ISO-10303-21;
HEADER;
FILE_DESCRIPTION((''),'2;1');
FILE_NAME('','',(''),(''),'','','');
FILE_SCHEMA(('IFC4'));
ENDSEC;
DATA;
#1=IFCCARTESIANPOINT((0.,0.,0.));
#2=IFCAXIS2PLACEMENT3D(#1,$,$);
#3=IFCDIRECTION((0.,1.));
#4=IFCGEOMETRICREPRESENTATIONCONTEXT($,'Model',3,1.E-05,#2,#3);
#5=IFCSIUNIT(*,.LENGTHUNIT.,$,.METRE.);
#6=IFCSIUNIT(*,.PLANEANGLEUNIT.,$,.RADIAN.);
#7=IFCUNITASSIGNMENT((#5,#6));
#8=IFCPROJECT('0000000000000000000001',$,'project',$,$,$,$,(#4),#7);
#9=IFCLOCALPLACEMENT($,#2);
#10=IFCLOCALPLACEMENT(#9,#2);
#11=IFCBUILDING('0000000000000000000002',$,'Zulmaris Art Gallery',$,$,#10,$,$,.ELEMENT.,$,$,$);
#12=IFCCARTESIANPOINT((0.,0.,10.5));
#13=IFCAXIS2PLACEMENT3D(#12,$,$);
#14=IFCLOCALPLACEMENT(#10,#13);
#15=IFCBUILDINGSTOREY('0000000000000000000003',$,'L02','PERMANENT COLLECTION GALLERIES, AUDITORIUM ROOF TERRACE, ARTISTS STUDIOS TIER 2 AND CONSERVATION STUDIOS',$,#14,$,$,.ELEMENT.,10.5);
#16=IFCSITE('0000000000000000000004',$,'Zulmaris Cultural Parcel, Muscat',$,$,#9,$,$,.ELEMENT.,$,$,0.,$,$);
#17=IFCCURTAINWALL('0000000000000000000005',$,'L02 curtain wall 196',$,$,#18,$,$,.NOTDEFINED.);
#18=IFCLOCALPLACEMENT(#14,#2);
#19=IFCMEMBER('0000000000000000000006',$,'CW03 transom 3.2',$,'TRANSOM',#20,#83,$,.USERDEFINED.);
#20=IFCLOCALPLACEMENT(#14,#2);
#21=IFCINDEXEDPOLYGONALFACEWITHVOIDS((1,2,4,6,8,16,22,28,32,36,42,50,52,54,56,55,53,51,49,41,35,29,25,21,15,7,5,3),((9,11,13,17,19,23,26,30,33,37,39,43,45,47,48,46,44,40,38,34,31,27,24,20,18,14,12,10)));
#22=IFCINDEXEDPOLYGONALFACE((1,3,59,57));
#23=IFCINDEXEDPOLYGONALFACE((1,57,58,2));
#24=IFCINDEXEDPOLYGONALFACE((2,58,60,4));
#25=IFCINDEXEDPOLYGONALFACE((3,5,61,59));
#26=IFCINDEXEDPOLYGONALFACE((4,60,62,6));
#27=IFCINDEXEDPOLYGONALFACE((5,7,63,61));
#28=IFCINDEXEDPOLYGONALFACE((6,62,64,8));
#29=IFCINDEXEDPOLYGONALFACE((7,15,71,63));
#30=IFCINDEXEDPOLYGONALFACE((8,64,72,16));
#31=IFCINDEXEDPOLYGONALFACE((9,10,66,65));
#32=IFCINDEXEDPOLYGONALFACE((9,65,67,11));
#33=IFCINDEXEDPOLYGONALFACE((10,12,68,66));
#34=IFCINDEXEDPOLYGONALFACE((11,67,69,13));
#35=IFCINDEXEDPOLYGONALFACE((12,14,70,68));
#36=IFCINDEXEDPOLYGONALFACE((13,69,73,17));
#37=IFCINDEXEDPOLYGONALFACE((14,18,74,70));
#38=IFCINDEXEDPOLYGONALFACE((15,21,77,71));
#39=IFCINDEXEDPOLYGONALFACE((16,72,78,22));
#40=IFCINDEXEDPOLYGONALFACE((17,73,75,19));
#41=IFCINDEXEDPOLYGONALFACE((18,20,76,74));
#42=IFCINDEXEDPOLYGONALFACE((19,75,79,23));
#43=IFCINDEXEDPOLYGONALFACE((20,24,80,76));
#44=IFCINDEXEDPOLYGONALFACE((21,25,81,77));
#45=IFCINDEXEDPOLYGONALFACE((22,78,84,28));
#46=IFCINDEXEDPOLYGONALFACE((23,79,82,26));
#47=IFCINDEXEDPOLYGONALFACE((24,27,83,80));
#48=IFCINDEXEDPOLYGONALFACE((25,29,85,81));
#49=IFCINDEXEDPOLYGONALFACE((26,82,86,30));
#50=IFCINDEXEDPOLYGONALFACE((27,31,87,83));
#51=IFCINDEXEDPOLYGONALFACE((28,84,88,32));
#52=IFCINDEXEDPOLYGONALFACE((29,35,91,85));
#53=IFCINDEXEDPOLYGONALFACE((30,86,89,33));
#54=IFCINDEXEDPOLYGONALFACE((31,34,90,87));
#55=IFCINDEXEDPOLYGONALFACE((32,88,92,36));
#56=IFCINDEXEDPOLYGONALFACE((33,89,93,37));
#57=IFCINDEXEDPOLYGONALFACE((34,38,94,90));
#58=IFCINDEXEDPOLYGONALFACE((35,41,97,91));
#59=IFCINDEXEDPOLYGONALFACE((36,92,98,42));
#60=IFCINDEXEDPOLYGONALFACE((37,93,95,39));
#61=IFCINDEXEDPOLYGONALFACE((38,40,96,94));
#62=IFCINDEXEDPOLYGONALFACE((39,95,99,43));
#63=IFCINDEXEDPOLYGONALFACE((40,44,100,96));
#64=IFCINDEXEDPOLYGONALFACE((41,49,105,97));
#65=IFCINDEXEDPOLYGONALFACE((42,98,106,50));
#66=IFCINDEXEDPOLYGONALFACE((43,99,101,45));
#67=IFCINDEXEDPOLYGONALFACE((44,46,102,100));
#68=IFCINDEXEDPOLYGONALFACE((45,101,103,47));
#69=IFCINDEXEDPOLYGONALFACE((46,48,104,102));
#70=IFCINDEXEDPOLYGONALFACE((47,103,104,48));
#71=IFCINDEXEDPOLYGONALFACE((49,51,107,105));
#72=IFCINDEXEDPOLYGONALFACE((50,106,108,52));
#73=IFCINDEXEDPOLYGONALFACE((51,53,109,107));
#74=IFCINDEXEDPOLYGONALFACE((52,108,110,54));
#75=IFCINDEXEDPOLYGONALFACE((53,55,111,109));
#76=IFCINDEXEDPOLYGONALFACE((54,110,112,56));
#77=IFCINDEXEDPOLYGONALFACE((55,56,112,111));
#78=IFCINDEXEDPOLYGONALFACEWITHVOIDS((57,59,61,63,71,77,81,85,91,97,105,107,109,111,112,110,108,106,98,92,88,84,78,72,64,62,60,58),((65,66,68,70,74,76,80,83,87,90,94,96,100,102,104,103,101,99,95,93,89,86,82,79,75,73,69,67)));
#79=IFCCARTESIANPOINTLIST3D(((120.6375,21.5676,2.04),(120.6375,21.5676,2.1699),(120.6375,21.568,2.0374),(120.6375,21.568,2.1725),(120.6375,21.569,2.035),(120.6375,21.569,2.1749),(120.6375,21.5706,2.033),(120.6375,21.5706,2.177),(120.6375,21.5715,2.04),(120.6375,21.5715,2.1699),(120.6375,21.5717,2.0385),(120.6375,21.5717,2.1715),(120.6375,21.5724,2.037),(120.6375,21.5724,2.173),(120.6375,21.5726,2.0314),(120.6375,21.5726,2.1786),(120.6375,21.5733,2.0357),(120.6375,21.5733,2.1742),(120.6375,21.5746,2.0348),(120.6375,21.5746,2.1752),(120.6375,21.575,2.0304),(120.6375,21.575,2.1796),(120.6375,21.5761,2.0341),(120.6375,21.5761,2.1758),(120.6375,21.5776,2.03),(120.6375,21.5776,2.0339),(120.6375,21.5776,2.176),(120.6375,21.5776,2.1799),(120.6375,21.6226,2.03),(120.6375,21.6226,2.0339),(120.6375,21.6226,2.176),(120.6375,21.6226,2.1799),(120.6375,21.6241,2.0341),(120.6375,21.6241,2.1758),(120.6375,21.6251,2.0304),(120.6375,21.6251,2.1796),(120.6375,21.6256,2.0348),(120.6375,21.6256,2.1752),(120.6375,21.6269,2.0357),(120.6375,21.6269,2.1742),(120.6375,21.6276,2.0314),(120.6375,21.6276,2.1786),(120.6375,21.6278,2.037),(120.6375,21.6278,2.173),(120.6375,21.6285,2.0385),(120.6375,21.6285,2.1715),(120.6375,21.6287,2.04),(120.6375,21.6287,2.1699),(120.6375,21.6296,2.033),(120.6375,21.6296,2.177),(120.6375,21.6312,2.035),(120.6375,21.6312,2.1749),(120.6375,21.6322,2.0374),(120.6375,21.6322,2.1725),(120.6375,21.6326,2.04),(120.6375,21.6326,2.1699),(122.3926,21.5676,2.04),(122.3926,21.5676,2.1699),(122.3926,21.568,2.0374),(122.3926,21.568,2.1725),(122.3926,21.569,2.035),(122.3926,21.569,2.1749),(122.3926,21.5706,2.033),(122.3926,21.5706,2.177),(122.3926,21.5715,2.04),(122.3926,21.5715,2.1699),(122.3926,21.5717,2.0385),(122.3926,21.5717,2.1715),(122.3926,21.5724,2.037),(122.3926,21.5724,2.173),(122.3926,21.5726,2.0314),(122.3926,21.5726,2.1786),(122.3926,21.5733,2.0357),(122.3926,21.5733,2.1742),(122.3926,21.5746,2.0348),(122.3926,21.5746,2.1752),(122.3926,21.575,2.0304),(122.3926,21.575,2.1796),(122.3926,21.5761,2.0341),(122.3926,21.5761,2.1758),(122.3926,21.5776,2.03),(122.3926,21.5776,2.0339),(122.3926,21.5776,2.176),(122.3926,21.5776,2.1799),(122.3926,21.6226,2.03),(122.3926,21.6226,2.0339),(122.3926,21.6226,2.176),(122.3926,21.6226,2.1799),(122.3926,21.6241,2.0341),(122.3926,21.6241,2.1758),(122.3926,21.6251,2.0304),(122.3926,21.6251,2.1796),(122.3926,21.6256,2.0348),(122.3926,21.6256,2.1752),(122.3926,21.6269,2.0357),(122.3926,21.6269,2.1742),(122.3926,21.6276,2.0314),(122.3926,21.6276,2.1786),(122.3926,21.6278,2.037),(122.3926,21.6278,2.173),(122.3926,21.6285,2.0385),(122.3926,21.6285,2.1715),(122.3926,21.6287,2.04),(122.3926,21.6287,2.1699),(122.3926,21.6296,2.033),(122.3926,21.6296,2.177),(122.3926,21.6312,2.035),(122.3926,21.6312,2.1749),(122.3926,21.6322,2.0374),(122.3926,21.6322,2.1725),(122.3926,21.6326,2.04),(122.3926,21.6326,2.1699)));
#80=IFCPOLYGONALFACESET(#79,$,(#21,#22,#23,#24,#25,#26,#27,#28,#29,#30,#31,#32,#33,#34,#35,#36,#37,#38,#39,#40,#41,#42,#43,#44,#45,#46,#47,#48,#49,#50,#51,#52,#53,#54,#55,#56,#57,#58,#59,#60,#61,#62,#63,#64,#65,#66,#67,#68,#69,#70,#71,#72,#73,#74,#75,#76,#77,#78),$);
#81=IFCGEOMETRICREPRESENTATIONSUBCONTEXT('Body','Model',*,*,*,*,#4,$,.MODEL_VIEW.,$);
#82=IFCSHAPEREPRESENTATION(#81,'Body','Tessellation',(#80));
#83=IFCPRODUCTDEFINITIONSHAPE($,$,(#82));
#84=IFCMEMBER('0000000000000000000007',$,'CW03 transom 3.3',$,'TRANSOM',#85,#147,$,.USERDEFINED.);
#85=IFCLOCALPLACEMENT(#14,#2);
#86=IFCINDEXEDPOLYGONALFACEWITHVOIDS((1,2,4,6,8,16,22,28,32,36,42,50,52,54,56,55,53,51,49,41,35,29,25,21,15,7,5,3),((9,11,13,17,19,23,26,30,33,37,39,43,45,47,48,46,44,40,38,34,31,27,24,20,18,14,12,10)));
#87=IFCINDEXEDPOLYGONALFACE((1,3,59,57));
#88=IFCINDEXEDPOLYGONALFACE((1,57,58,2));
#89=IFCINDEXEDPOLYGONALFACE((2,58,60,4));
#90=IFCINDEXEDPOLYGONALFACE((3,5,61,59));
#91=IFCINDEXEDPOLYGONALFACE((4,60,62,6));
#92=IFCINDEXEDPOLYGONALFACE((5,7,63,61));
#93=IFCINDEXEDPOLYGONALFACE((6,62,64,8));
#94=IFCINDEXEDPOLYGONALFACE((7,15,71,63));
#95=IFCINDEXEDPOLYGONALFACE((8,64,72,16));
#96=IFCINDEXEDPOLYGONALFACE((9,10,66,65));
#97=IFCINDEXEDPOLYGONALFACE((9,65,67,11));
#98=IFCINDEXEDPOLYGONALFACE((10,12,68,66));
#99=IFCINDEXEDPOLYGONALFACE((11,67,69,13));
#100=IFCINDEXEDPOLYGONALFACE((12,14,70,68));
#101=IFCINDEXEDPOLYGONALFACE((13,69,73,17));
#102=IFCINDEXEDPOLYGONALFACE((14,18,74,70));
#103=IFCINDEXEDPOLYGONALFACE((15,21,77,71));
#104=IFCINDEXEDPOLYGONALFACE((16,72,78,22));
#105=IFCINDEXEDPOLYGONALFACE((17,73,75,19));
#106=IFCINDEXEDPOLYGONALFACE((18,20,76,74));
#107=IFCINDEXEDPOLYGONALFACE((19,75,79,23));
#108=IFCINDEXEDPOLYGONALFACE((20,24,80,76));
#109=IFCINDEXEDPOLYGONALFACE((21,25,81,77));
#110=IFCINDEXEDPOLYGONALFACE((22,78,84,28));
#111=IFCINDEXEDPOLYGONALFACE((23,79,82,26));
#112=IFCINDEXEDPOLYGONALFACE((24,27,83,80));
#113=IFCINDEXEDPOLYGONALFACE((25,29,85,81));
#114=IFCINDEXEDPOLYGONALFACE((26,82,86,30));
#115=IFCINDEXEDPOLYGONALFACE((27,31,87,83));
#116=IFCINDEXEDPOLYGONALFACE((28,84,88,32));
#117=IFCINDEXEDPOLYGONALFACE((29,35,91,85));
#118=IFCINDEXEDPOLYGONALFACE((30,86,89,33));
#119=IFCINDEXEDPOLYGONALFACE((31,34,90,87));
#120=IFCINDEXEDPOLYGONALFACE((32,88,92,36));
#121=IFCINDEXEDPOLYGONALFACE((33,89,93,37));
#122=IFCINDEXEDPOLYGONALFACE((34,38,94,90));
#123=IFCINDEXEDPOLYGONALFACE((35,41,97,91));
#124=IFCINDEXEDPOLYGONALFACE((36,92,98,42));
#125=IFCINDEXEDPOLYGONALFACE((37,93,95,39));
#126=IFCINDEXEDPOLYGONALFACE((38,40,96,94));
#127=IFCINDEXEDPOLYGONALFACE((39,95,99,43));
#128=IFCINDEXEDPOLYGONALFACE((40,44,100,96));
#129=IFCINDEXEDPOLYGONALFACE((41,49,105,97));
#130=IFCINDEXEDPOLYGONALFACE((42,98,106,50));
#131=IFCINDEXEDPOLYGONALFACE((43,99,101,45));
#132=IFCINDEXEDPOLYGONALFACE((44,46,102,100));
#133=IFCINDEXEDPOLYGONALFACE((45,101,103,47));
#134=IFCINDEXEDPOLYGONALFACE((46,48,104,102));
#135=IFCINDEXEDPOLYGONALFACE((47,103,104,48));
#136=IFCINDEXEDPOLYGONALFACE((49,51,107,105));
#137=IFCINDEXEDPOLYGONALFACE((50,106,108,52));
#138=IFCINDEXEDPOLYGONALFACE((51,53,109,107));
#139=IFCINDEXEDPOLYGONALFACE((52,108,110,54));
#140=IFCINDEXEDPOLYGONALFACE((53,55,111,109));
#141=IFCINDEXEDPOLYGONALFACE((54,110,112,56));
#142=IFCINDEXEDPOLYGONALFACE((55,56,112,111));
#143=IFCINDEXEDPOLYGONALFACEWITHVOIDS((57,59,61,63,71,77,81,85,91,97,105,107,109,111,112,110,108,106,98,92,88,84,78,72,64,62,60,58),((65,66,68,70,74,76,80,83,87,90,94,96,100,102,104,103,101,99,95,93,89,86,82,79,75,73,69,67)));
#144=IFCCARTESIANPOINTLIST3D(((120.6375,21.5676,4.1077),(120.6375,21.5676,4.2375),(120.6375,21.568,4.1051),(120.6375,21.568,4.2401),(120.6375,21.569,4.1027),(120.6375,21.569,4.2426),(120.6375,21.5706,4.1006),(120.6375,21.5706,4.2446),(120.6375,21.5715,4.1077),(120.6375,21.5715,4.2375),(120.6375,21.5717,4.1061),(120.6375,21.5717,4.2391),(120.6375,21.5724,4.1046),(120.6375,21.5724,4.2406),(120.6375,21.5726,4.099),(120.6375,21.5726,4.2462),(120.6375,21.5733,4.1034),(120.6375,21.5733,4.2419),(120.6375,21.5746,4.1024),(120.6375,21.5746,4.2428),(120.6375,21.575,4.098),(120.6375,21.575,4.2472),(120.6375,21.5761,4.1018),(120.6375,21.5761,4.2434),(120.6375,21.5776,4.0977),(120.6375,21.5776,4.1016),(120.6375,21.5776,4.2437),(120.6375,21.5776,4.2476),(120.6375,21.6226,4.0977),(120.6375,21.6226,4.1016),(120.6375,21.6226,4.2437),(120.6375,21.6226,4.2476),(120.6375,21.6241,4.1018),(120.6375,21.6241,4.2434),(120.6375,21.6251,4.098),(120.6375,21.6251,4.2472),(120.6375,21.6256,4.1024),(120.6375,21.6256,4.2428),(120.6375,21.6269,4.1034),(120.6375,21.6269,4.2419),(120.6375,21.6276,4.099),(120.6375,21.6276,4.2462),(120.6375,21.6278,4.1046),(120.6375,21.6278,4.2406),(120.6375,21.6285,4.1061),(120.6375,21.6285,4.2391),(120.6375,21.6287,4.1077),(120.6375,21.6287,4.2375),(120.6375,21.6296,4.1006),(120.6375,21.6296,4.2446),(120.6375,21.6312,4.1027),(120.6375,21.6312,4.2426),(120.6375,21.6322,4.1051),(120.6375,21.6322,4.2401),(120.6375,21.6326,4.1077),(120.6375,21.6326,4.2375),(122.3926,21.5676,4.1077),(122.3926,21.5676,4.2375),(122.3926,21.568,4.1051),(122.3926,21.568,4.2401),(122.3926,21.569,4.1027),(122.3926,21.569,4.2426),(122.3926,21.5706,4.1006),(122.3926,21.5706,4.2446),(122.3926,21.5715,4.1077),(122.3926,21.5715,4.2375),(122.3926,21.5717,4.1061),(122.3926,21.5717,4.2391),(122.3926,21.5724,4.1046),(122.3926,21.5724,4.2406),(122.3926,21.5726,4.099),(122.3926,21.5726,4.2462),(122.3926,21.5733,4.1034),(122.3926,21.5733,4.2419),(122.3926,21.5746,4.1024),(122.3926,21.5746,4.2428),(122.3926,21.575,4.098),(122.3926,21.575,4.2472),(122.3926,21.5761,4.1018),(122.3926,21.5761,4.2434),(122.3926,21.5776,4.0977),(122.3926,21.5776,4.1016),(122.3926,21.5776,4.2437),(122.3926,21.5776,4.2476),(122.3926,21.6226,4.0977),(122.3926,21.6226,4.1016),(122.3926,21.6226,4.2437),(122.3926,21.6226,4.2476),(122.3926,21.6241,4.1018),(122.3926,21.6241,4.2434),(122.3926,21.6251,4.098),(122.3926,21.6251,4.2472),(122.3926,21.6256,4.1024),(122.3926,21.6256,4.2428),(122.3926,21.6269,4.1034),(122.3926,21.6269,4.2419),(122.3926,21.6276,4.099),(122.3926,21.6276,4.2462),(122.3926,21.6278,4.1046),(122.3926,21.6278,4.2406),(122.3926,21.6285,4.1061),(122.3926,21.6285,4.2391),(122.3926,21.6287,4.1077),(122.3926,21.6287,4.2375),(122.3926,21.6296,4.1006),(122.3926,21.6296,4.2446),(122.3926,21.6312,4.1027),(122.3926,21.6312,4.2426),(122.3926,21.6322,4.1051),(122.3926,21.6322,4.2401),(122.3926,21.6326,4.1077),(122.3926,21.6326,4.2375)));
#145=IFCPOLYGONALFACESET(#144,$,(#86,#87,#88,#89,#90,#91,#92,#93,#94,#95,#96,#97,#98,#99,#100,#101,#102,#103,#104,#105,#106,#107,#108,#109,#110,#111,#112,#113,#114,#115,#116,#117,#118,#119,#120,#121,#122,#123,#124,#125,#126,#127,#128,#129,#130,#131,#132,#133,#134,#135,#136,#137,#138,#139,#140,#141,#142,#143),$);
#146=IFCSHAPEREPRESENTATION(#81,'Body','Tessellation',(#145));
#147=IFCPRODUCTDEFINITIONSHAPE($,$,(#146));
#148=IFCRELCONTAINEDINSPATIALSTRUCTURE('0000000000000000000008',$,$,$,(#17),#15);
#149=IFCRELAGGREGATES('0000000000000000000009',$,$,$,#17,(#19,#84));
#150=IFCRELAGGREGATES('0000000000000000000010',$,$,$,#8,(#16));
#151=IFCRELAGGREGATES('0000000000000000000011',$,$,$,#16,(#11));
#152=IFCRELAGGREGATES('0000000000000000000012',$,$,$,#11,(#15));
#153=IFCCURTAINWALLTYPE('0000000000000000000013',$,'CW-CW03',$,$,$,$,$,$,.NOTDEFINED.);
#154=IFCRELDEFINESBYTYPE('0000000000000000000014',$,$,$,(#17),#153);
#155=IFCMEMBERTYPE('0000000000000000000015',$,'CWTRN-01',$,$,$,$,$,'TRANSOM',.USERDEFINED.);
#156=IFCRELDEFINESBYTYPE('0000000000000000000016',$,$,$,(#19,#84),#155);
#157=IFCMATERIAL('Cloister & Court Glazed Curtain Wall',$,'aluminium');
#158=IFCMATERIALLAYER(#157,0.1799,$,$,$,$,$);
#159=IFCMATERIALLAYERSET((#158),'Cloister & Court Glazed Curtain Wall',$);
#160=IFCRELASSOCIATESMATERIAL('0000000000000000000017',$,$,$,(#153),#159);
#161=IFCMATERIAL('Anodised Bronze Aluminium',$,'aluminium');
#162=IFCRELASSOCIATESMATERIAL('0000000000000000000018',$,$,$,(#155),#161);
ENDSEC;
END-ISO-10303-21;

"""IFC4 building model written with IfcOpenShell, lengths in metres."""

from ifc_helpers import new_model, si_unit, direction, frame, origin, origin_2d, place, context, subcontext, project, spatial, hollow_rectangle, extrude, material, layer, layer_set, material_profile, profile_set, type_object, element, aggregate, save


model = new_model("IFC4")

# Units and contexts
model_context = context("Model", 3, precision=1e-05, world=origin(), true_north=direction((0.0, 1.0)))
body_context = subcontext(model_context, "Body", "Model", "MODEL_VIEW")
ifc_project = project(units=[si_unit("LENGTHUNIT", "METRE"), si_unit("PLANEANGLEUNIT", "RADIAN")], contexts=[model_context])

# Site, building, storey
site_placement = place(None, origin())
site = spatial("IfcSite", under=ifc_project, at=site_placement, Name="Zulmaris Cultural Parcel, Muscat", CompositionType="ELEMENT", RefElevation=0.0)
building_placement = place(site_placement, origin())
building = spatial("IfcBuilding", under=site, at=building_placement, Name="Zulmaris Art Gallery", CompositionType="ELEMENT")
storey_placement = place(building_placement, frame((0.0, 0.0, 10.5)))
storey = spatial("IfcBuildingStorey", under=building, at=storey_placement, Name="L02", Description="PERMANENT COLLECTION GALLERIES, AUDITORIUM ROOF TERRACE, ARTISTS STUDIOS TIER 2 AND CONSERVATION STUDIOS", CompositionType="ELEMENT", Elevation=10.5)

# Curtain wall
ifc_material_1 = material(Name="Cloister & Court Glazed Curtain Wall", Category="aluminium")
ifc_layer_1 = layer(ifc_material_1, 0.1799)
ifc_layer_set_1 = layer_set([ifc_layer_1], Name="Cloister & Court Glazed Curtain Wall")
curtain_wall_type = type_object("IfcCurtainWallType", Name="CW-CW03", PredefinedType="NOTDEFINED", material=ifc_layer_set_1)
ifc_material_2 = material(Name="Anodised Bronze Aluminium", Category="aluminium")
curtain_wall_1_placement = place(storey_placement, origin())
curtain_wall_1 = element("IfcCurtainWall", 1, at=curtain_wall_1_placement, inside=storey, type_object=curtain_wall_type, Name="L02 curtain wall 196", PredefinedType="NOTDEFINED")

# Members
ifc_material_profile_1 = material_profile(ifc_material_2, hollow_rectangle(XDim=0.0649, YDim=0.1499, WallThickness=0.0039, InnerFilletRadius=0.0061, OuterFilletRadius=0.01, at=origin_2d()), Name="ALU 65x150x4")
ifc_profile_set_1 = profile_set([ifc_material_profile_1], Name="Anodised Bronze Aluminium")
member_type_1 = type_object("IfcMemberType", Name="CWTRN-01", ElementType="TRANSOM", PredefinedType="USERDEFINED", material=ifc_profile_set_1)
member_1_placement = place(storey_placement, frame((120.6375, 21.6001, 2.105), z_axis=(1.0, 0.0, 0.0), x_axis=(0.0, 1.0, 0.0)))
member_1 = element("IfcMember", 2, at=member_1_placement, type_object=member_type_1, Name="CW03 transom 3.2", ObjectType="TRANSOM", PredefinedType="USERDEFINED", context=body_context, shape_type="SweptSolid", body=[
    extrude(hollow_rectangle(XDim=0.0649, YDim=0.1499, WallThickness=0.0039, InnerFilletRadius=0.0061, OuterFilletRadius=0.01, at=origin_2d()), origin(), (0.0, 0.0, 1.0), 1.7551),
])
member_2_placement = place(storey_placement, frame((120.6375, 21.6001, 4.1726), z_axis=(1.0, 0.0, 0.0), x_axis=(0.0, 1.0, 0.0)))
member_2 = element("IfcMember", 3, at=member_2_placement, type_object=member_type_1, Name="CW03 transom 3.3", ObjectType="TRANSOM", PredefinedType="USERDEFINED", context=body_context, shape_type="SweptSolid", body=[
    extrude(hollow_rectangle(XDim=0.0649, YDim=0.1499, WallThickness=0.0039, InnerFilletRadius=0.0061, OuterFilletRadius=0.01, at=origin_2d()), origin(), (0.0, 0.0, 1.0), 1.7551),
])

aggregate(curtain_wall_1, [member_1, member_2])

save(model, "model.ifc")
